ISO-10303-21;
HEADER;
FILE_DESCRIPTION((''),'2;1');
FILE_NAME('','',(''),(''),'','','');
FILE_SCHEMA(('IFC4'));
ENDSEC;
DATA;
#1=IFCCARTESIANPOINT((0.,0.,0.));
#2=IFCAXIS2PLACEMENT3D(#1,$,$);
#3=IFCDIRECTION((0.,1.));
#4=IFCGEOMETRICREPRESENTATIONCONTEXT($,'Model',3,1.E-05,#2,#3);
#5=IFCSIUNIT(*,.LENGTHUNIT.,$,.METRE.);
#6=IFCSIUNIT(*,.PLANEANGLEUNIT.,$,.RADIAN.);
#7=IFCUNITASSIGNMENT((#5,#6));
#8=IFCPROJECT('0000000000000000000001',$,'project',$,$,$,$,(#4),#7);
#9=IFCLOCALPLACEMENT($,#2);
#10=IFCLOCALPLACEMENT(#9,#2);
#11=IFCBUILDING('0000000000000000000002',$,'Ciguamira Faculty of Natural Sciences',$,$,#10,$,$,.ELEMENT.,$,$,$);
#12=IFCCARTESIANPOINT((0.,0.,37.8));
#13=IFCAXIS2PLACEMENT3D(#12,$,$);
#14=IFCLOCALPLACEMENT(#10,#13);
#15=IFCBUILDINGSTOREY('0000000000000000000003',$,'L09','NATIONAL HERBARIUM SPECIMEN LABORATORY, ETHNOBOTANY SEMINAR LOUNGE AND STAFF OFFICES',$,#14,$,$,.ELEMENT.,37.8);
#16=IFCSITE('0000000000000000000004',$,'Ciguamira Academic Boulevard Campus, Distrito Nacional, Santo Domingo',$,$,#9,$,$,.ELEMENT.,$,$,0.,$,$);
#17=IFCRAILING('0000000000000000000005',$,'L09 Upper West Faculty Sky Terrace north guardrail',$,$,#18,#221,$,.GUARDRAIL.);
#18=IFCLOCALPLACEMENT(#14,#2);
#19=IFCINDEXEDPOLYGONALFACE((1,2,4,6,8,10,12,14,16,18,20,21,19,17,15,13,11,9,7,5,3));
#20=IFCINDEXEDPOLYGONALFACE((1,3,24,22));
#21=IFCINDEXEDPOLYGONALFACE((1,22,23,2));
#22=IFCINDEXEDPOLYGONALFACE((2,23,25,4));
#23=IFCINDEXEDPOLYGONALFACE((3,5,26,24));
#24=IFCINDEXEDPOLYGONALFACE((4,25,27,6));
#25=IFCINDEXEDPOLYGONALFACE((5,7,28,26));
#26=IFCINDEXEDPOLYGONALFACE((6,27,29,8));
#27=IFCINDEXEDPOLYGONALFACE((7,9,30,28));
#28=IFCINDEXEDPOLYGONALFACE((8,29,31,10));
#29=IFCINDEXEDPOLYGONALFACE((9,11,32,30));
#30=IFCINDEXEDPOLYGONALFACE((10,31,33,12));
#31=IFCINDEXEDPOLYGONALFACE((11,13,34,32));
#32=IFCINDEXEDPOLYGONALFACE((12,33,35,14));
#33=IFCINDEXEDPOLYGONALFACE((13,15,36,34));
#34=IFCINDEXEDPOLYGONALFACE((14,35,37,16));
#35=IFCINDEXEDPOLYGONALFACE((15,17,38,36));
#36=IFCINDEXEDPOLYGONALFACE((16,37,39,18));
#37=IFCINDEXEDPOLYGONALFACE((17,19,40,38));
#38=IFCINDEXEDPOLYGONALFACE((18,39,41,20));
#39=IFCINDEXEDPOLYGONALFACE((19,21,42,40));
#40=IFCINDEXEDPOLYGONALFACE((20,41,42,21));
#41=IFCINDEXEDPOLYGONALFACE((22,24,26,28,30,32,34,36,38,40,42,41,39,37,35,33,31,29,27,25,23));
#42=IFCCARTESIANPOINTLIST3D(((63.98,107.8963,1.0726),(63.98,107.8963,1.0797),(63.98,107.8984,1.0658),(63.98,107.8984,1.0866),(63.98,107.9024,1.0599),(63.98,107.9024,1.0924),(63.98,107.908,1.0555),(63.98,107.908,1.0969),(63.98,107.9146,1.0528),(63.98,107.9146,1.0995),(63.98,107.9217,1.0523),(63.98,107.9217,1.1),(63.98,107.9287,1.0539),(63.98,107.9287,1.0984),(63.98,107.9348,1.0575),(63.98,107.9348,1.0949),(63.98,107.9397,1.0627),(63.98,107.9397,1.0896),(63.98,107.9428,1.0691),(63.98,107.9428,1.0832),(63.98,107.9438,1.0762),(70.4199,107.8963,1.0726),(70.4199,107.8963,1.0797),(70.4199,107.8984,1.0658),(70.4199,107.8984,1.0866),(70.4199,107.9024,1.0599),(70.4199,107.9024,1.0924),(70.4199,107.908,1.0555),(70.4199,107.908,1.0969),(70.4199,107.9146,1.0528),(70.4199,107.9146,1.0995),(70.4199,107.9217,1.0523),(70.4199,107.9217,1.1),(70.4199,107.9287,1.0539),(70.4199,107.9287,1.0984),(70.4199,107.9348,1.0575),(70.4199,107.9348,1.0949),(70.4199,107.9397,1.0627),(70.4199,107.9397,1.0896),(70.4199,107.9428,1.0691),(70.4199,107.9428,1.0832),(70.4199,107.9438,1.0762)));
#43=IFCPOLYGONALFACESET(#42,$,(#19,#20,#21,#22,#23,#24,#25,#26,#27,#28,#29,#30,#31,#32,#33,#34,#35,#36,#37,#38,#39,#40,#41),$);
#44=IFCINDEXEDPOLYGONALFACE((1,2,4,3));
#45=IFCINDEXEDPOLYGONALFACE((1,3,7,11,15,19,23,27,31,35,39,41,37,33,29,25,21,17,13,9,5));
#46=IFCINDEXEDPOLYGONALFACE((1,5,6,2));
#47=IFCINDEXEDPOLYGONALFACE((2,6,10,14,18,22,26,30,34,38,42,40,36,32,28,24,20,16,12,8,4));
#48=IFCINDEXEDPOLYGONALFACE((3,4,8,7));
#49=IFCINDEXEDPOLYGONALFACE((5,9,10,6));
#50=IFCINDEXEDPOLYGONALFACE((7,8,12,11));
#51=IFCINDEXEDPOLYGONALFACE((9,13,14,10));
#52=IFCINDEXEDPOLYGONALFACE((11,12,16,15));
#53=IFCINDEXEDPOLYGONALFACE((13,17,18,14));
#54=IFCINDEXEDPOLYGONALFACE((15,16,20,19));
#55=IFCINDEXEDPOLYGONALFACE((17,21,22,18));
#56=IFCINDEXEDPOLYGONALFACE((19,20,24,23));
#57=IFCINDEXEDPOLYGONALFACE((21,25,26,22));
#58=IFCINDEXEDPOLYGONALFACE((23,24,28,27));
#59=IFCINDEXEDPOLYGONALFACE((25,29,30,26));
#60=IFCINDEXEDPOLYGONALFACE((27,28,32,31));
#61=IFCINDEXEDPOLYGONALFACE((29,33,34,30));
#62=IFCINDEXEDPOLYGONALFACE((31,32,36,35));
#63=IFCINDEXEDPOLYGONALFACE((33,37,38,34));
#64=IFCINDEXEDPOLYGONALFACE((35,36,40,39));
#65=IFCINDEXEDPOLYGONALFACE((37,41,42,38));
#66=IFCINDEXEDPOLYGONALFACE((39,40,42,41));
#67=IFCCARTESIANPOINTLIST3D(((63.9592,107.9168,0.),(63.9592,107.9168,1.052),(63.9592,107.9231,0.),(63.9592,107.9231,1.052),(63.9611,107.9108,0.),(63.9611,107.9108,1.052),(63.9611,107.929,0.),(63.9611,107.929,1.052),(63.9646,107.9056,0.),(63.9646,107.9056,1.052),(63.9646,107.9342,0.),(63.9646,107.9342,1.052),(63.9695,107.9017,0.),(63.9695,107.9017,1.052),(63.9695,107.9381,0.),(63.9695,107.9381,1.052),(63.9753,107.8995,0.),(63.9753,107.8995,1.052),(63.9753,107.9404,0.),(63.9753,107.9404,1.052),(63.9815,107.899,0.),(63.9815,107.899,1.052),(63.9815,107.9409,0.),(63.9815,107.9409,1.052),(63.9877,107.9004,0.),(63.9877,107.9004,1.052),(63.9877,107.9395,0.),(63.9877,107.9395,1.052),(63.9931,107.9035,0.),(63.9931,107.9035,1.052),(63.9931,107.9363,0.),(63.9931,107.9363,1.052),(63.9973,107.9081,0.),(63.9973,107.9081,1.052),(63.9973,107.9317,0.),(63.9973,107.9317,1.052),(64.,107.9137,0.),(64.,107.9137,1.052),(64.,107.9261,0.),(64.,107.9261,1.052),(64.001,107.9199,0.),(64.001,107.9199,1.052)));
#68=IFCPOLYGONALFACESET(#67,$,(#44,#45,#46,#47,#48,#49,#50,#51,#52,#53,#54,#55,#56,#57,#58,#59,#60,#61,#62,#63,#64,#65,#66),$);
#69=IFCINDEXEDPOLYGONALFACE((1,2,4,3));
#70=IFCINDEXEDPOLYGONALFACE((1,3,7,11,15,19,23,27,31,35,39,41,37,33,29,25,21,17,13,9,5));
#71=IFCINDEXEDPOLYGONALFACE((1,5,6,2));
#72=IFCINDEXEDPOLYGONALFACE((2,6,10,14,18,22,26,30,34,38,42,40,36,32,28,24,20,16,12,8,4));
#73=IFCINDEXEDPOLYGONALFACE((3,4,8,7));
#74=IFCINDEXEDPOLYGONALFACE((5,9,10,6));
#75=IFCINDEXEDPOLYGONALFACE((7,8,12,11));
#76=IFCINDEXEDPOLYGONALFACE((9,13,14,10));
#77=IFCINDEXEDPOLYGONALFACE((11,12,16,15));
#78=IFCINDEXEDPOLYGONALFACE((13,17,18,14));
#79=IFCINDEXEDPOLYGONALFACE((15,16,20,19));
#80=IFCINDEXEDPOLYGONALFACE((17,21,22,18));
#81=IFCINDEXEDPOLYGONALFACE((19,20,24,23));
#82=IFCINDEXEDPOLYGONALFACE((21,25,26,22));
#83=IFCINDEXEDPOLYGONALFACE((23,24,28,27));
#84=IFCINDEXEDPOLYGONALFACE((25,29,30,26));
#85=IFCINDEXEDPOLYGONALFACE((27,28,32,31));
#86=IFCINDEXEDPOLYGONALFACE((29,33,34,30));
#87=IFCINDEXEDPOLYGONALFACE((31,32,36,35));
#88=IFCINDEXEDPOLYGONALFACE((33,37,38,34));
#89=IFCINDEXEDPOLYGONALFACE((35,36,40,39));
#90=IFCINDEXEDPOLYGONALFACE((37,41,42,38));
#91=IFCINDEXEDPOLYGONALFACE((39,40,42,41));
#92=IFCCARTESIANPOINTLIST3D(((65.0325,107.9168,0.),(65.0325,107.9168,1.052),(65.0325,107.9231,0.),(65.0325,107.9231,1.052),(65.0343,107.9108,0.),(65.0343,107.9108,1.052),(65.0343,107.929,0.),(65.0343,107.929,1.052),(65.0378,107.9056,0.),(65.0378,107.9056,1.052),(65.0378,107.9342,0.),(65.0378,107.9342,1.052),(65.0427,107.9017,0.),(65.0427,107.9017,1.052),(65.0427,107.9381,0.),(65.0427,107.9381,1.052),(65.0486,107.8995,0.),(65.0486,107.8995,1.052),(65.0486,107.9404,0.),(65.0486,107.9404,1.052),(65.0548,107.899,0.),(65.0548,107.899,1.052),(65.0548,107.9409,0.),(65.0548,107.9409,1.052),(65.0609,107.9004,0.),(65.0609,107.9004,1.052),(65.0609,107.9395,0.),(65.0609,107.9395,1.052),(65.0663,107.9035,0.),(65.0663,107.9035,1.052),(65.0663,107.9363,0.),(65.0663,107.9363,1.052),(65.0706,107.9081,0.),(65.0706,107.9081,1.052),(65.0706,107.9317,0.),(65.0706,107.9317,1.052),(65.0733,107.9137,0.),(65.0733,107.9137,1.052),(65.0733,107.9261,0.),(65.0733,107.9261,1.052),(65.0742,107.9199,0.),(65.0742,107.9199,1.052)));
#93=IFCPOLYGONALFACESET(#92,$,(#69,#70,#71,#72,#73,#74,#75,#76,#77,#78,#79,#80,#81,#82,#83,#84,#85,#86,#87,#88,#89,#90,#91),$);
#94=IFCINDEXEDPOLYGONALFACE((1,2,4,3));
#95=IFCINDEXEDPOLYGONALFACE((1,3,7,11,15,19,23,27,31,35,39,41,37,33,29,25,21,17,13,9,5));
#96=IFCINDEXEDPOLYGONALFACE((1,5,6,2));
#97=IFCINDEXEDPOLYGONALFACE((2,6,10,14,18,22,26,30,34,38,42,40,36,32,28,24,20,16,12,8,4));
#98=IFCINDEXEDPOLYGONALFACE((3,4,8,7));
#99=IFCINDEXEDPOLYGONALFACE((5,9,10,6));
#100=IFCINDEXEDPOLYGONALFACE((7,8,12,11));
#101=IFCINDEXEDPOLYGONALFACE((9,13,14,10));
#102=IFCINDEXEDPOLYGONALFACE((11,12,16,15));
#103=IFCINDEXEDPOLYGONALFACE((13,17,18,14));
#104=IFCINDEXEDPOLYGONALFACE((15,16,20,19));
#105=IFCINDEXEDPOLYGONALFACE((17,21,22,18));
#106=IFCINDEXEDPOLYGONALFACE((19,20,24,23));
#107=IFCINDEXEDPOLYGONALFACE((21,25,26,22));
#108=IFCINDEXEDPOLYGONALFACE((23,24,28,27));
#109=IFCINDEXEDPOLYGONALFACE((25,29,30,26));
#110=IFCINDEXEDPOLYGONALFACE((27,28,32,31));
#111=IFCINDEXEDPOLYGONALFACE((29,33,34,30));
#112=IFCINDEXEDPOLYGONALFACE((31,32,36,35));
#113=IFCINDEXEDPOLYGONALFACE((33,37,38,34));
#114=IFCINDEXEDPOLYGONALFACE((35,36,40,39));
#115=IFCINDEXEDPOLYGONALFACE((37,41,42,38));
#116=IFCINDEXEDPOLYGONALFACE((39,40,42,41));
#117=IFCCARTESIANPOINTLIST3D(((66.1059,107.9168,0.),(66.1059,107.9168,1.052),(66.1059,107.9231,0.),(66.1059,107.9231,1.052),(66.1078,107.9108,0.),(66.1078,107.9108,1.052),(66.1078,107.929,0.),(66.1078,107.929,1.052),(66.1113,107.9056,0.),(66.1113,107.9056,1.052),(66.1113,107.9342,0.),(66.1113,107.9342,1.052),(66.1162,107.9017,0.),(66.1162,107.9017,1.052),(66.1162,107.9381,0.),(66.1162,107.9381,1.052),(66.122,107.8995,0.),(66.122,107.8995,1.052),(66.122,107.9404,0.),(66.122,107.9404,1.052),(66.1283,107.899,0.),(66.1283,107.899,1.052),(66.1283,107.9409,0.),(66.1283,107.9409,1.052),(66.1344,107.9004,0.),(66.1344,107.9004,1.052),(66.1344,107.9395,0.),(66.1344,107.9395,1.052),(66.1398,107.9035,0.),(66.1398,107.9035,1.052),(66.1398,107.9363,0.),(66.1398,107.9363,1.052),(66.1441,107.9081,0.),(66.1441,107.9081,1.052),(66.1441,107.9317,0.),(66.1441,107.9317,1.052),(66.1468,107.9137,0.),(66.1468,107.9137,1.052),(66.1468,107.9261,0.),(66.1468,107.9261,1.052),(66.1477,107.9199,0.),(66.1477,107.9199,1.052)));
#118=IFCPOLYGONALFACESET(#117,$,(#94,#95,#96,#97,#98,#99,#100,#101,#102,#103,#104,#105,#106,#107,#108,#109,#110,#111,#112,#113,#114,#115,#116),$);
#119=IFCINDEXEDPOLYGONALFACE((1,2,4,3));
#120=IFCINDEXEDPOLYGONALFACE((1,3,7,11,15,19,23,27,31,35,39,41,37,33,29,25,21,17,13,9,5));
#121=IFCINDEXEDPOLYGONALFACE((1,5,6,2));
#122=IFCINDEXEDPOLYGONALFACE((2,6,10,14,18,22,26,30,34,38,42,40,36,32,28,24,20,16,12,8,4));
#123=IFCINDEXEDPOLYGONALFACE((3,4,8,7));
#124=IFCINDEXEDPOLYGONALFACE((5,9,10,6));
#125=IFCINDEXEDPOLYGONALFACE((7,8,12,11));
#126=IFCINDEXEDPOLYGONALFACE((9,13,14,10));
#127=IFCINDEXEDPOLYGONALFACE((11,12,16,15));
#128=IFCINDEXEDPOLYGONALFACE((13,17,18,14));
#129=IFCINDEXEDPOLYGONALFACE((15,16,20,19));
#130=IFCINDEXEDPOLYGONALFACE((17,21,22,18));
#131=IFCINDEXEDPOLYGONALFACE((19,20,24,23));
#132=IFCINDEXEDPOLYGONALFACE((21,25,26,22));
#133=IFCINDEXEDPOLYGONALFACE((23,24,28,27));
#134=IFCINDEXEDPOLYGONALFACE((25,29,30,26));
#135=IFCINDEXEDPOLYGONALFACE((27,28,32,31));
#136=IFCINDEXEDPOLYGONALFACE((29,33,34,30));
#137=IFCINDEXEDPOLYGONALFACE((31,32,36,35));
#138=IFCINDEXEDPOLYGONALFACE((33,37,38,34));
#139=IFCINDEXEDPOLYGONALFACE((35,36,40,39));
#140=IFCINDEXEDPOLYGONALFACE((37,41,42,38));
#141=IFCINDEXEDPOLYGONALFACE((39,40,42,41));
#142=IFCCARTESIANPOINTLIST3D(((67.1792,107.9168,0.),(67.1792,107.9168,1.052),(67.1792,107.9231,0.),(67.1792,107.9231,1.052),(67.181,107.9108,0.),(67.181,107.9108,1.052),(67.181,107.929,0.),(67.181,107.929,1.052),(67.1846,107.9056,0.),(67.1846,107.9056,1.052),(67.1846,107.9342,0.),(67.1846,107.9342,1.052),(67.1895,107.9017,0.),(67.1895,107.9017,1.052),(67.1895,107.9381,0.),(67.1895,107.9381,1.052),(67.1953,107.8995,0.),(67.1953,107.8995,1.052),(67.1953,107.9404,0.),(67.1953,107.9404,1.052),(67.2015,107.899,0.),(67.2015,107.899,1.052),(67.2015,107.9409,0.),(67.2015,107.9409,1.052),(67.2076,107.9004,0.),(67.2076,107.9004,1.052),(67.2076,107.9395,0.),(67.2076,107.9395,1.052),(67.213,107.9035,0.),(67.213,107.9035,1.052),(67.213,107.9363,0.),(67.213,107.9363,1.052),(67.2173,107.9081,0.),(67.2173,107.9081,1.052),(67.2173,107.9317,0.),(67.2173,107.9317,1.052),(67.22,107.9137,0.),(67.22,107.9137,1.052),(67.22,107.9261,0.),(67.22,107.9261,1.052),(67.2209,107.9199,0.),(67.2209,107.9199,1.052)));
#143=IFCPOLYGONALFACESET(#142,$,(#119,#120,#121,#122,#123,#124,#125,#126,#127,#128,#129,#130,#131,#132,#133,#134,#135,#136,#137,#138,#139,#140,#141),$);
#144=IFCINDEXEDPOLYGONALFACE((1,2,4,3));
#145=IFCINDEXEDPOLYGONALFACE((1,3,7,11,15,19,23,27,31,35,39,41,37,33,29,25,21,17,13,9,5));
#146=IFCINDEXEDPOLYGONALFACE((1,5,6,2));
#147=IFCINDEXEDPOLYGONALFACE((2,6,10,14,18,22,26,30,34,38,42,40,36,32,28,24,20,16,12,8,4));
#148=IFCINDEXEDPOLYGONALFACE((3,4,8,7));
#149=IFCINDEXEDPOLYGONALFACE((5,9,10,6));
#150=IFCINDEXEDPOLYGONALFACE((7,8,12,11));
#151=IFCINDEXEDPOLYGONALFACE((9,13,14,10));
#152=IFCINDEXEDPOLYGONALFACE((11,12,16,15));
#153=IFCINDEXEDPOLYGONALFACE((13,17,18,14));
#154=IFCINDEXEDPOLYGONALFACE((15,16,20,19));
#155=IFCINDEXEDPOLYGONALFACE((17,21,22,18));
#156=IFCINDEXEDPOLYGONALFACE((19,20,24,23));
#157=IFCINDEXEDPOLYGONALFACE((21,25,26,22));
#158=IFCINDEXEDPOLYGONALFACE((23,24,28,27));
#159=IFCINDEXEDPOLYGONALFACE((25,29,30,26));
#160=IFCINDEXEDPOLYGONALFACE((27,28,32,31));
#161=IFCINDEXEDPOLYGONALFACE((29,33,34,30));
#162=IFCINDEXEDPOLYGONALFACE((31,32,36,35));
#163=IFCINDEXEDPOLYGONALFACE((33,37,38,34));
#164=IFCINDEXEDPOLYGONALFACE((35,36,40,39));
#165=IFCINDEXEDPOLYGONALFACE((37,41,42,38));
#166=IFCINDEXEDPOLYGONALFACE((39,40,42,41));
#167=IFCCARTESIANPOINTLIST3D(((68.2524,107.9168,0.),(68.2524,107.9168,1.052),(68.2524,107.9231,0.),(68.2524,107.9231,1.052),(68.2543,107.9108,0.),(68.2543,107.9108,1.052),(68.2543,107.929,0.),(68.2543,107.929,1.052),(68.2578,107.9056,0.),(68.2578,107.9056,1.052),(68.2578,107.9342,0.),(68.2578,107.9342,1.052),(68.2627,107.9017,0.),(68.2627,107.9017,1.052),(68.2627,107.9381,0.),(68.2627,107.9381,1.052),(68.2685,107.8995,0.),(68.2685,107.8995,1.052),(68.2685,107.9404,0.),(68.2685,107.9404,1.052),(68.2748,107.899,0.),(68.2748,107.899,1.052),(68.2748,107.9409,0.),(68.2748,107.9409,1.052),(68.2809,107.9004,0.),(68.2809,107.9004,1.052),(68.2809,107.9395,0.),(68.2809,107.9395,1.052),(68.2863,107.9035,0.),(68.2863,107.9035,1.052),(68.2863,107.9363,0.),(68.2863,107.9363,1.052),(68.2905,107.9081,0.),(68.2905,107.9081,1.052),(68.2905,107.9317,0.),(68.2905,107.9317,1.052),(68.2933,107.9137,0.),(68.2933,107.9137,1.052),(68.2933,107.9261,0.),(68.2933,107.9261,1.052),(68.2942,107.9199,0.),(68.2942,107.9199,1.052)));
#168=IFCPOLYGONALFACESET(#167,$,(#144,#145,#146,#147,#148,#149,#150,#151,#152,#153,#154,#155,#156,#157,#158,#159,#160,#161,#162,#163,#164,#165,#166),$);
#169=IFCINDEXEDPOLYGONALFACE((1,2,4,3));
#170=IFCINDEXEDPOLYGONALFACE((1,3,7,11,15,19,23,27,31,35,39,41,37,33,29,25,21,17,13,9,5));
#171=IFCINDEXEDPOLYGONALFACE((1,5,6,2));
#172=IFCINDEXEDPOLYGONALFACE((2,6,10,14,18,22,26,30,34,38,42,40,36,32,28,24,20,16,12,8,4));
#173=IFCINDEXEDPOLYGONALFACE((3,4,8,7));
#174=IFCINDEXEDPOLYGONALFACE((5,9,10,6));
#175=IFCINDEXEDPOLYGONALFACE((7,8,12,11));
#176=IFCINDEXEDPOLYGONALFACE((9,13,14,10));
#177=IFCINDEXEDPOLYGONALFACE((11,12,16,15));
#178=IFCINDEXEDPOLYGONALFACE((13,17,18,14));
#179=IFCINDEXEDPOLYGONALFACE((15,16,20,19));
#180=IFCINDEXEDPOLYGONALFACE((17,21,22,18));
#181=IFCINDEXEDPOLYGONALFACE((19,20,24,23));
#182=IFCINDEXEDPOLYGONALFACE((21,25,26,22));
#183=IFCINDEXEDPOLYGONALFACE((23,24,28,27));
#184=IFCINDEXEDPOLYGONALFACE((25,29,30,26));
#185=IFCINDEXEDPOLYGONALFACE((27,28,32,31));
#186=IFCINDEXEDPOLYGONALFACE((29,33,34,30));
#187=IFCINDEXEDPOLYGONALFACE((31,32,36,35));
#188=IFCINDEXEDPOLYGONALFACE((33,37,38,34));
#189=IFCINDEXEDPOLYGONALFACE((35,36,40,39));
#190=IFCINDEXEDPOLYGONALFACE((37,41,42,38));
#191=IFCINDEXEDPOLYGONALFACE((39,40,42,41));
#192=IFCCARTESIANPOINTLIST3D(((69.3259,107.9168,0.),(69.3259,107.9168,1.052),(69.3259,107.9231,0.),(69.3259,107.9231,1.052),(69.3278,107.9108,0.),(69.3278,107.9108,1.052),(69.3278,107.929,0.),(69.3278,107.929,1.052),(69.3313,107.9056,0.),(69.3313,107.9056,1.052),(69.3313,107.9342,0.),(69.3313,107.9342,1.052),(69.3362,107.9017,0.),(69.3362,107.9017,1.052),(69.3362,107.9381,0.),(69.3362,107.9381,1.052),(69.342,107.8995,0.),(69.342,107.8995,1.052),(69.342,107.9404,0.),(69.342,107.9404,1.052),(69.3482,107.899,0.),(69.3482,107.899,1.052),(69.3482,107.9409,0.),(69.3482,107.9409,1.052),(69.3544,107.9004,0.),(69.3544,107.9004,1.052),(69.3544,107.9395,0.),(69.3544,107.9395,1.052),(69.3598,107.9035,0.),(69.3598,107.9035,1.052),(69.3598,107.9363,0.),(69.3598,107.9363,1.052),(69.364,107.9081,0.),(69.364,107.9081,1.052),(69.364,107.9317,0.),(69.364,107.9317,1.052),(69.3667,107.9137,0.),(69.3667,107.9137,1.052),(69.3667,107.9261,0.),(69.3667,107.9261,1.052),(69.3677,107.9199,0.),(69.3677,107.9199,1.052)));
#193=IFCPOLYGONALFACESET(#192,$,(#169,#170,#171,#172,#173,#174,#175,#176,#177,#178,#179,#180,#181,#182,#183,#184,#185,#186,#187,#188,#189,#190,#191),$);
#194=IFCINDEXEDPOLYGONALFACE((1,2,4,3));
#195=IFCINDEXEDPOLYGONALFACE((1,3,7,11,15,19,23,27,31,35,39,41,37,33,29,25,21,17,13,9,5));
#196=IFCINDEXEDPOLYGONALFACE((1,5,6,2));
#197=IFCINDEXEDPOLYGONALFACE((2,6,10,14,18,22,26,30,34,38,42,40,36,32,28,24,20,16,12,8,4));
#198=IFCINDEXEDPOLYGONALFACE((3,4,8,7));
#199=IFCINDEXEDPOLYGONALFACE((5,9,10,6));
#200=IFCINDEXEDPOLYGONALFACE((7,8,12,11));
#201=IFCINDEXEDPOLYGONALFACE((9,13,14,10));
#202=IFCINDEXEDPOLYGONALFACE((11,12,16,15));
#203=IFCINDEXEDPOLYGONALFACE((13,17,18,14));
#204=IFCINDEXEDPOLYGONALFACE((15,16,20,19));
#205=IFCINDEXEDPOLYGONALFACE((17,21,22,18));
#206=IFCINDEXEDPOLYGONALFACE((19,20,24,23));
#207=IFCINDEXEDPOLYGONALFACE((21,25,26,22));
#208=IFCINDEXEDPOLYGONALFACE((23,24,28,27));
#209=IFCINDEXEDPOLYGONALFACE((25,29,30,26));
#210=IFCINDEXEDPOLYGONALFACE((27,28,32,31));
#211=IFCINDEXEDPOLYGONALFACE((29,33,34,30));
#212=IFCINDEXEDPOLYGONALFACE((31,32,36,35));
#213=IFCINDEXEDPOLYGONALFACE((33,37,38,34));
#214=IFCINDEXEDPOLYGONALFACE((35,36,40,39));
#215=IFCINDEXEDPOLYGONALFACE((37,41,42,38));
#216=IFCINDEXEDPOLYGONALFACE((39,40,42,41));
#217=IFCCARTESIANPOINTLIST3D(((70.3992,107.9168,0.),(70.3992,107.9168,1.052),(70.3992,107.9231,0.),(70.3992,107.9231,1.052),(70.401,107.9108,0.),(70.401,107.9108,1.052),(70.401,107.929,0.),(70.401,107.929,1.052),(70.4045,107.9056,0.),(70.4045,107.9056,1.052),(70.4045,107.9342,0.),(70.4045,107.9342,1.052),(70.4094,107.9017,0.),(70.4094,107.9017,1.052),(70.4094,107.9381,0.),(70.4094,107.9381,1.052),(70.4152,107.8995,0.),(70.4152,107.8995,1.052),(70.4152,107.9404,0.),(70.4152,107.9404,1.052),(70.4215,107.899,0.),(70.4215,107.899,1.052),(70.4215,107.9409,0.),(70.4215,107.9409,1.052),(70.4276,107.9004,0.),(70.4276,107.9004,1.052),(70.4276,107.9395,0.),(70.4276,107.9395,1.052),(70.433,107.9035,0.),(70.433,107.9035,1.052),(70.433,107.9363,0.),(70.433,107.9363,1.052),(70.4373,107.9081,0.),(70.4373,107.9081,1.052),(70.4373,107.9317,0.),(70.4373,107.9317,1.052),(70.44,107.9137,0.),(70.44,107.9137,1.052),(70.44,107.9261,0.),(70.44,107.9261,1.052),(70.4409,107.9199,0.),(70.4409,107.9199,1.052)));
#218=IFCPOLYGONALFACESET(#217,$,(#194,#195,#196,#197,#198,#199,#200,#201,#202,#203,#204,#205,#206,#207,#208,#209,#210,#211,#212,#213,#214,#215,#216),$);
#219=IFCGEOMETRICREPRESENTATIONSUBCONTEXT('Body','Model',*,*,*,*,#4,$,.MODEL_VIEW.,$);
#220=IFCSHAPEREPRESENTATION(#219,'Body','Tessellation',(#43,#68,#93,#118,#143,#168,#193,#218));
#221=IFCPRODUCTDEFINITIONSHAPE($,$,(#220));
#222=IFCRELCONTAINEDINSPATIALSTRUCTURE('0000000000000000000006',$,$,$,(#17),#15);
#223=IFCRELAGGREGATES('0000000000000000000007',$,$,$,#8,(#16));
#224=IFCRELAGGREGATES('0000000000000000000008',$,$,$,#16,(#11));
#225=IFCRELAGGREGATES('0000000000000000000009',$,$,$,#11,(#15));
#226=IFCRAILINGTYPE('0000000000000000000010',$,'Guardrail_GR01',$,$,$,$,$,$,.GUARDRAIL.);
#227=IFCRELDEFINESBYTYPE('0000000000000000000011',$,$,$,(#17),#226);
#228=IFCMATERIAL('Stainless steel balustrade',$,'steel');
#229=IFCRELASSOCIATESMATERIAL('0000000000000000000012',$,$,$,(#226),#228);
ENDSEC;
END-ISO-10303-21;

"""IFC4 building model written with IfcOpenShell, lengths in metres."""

from ifc_helpers import new_model, si_unit, direction, frame, origin, origin_2d, place, context, subcontext, project, spatial, circle, extrude, material, type_object, element, save


model = new_model("IFC4")

# Units and contexts
model_context = context("Model", 3, precision=1e-05, world=origin(), true_north=direction((0.0, 1.0)))
body_context = subcontext(model_context, "Body", "Model", "MODEL_VIEW")
ifc_project = project(units=[si_unit("LENGTHUNIT", "METRE"), si_unit("PLANEANGLEUNIT", "RADIAN")], contexts=[model_context])

# Site, building, storey
site_placement = place(None, origin())
site = spatial("IfcSite", under=ifc_project, at=site_placement, Name="Ciguamira Academic Boulevard Campus, Distrito Nacional, Santo Domingo", CompositionType="ELEMENT", RefElevation=0.0)
building_placement = place(site_placement, origin())
building = spatial("IfcBuilding", under=site, at=building_placement, Name="Ciguamira Faculty of Natural Sciences", CompositionType="ELEMENT")
storey_placement = place(building_placement, frame((0.0, 0.0, 37.8)))
storey = spatial("IfcBuildingStorey", under=building, at=storey_placement, Name="L09", Description="NATIONAL HERBARIUM SPECIMEN LABORATORY, ETHNOBOTANY SEMINAR LOUNGE AND STAFF OFFICES", CompositionType="ELEMENT", Elevation=37.8)

# Railing
ifc_material_1 = material(Name="Stainless steel balustrade", Category="steel")
railing_type_1 = type_object("IfcRailingType", Name="Guardrail_GR01", PredefinedType="GUARDRAIL", material=ifc_material_1)
railing_1_placement = place(storey_placement, frame((63.98, 107.9199, 0.0)))
element("IfcRailing", 1, at=railing_1_placement, inside=storey, type_object=railing_type_1, Name="L09 Upper West Faculty Sky Terrace north guardrail", PredefinedType="GUARDRAIL", context=body_context, shape_type="SweptSolid", body=[
    extrude(circle(Radius=0.0239, at=origin_2d()), frame((0.0, 0.0, 1.0762), z_axis=(1.0, 0.0, 0.0), x_axis=(0.0, 1.0, 0.0)), (0.0, 0.0, 1.0), 6.4399),
    extrude(circle(Radius=0.021, at=origin_2d()), origin(), (0.0, 0.0, 1.0), 1.052),
    extrude(circle(Radius=0.021, at=origin_2d()), frame((1.0732, 0.0, 0.0)), (0.0, 0.0, 1.0), 1.052),
    extrude(circle(Radius=0.021, at=origin_2d()), frame((2.1467, 0.0, 0.0)), (0.0, 0.0, 1.0), 1.052),
    extrude(circle(Radius=0.021, at=origin_2d()), frame((3.22, 0.0, 0.0)), (0.0, 0.0, 1.0), 1.052),
    extrude(circle(Radius=0.021, at=origin_2d()), frame((4.2932, 0.0, 0.0)), (0.0, 0.0, 1.0), 1.052),
    extrude(circle(Radius=0.021, at=origin_2d()), frame((5.3667, 0.0, 0.0)), (0.0, 0.0, 1.0), 1.052),
    extrude(circle(Radius=0.021, at=origin_2d()), frame((6.4399, 0.0, 0.0)), (0.0, 0.0, 1.0), 1.052),
])

save(model, "model.ifc")
